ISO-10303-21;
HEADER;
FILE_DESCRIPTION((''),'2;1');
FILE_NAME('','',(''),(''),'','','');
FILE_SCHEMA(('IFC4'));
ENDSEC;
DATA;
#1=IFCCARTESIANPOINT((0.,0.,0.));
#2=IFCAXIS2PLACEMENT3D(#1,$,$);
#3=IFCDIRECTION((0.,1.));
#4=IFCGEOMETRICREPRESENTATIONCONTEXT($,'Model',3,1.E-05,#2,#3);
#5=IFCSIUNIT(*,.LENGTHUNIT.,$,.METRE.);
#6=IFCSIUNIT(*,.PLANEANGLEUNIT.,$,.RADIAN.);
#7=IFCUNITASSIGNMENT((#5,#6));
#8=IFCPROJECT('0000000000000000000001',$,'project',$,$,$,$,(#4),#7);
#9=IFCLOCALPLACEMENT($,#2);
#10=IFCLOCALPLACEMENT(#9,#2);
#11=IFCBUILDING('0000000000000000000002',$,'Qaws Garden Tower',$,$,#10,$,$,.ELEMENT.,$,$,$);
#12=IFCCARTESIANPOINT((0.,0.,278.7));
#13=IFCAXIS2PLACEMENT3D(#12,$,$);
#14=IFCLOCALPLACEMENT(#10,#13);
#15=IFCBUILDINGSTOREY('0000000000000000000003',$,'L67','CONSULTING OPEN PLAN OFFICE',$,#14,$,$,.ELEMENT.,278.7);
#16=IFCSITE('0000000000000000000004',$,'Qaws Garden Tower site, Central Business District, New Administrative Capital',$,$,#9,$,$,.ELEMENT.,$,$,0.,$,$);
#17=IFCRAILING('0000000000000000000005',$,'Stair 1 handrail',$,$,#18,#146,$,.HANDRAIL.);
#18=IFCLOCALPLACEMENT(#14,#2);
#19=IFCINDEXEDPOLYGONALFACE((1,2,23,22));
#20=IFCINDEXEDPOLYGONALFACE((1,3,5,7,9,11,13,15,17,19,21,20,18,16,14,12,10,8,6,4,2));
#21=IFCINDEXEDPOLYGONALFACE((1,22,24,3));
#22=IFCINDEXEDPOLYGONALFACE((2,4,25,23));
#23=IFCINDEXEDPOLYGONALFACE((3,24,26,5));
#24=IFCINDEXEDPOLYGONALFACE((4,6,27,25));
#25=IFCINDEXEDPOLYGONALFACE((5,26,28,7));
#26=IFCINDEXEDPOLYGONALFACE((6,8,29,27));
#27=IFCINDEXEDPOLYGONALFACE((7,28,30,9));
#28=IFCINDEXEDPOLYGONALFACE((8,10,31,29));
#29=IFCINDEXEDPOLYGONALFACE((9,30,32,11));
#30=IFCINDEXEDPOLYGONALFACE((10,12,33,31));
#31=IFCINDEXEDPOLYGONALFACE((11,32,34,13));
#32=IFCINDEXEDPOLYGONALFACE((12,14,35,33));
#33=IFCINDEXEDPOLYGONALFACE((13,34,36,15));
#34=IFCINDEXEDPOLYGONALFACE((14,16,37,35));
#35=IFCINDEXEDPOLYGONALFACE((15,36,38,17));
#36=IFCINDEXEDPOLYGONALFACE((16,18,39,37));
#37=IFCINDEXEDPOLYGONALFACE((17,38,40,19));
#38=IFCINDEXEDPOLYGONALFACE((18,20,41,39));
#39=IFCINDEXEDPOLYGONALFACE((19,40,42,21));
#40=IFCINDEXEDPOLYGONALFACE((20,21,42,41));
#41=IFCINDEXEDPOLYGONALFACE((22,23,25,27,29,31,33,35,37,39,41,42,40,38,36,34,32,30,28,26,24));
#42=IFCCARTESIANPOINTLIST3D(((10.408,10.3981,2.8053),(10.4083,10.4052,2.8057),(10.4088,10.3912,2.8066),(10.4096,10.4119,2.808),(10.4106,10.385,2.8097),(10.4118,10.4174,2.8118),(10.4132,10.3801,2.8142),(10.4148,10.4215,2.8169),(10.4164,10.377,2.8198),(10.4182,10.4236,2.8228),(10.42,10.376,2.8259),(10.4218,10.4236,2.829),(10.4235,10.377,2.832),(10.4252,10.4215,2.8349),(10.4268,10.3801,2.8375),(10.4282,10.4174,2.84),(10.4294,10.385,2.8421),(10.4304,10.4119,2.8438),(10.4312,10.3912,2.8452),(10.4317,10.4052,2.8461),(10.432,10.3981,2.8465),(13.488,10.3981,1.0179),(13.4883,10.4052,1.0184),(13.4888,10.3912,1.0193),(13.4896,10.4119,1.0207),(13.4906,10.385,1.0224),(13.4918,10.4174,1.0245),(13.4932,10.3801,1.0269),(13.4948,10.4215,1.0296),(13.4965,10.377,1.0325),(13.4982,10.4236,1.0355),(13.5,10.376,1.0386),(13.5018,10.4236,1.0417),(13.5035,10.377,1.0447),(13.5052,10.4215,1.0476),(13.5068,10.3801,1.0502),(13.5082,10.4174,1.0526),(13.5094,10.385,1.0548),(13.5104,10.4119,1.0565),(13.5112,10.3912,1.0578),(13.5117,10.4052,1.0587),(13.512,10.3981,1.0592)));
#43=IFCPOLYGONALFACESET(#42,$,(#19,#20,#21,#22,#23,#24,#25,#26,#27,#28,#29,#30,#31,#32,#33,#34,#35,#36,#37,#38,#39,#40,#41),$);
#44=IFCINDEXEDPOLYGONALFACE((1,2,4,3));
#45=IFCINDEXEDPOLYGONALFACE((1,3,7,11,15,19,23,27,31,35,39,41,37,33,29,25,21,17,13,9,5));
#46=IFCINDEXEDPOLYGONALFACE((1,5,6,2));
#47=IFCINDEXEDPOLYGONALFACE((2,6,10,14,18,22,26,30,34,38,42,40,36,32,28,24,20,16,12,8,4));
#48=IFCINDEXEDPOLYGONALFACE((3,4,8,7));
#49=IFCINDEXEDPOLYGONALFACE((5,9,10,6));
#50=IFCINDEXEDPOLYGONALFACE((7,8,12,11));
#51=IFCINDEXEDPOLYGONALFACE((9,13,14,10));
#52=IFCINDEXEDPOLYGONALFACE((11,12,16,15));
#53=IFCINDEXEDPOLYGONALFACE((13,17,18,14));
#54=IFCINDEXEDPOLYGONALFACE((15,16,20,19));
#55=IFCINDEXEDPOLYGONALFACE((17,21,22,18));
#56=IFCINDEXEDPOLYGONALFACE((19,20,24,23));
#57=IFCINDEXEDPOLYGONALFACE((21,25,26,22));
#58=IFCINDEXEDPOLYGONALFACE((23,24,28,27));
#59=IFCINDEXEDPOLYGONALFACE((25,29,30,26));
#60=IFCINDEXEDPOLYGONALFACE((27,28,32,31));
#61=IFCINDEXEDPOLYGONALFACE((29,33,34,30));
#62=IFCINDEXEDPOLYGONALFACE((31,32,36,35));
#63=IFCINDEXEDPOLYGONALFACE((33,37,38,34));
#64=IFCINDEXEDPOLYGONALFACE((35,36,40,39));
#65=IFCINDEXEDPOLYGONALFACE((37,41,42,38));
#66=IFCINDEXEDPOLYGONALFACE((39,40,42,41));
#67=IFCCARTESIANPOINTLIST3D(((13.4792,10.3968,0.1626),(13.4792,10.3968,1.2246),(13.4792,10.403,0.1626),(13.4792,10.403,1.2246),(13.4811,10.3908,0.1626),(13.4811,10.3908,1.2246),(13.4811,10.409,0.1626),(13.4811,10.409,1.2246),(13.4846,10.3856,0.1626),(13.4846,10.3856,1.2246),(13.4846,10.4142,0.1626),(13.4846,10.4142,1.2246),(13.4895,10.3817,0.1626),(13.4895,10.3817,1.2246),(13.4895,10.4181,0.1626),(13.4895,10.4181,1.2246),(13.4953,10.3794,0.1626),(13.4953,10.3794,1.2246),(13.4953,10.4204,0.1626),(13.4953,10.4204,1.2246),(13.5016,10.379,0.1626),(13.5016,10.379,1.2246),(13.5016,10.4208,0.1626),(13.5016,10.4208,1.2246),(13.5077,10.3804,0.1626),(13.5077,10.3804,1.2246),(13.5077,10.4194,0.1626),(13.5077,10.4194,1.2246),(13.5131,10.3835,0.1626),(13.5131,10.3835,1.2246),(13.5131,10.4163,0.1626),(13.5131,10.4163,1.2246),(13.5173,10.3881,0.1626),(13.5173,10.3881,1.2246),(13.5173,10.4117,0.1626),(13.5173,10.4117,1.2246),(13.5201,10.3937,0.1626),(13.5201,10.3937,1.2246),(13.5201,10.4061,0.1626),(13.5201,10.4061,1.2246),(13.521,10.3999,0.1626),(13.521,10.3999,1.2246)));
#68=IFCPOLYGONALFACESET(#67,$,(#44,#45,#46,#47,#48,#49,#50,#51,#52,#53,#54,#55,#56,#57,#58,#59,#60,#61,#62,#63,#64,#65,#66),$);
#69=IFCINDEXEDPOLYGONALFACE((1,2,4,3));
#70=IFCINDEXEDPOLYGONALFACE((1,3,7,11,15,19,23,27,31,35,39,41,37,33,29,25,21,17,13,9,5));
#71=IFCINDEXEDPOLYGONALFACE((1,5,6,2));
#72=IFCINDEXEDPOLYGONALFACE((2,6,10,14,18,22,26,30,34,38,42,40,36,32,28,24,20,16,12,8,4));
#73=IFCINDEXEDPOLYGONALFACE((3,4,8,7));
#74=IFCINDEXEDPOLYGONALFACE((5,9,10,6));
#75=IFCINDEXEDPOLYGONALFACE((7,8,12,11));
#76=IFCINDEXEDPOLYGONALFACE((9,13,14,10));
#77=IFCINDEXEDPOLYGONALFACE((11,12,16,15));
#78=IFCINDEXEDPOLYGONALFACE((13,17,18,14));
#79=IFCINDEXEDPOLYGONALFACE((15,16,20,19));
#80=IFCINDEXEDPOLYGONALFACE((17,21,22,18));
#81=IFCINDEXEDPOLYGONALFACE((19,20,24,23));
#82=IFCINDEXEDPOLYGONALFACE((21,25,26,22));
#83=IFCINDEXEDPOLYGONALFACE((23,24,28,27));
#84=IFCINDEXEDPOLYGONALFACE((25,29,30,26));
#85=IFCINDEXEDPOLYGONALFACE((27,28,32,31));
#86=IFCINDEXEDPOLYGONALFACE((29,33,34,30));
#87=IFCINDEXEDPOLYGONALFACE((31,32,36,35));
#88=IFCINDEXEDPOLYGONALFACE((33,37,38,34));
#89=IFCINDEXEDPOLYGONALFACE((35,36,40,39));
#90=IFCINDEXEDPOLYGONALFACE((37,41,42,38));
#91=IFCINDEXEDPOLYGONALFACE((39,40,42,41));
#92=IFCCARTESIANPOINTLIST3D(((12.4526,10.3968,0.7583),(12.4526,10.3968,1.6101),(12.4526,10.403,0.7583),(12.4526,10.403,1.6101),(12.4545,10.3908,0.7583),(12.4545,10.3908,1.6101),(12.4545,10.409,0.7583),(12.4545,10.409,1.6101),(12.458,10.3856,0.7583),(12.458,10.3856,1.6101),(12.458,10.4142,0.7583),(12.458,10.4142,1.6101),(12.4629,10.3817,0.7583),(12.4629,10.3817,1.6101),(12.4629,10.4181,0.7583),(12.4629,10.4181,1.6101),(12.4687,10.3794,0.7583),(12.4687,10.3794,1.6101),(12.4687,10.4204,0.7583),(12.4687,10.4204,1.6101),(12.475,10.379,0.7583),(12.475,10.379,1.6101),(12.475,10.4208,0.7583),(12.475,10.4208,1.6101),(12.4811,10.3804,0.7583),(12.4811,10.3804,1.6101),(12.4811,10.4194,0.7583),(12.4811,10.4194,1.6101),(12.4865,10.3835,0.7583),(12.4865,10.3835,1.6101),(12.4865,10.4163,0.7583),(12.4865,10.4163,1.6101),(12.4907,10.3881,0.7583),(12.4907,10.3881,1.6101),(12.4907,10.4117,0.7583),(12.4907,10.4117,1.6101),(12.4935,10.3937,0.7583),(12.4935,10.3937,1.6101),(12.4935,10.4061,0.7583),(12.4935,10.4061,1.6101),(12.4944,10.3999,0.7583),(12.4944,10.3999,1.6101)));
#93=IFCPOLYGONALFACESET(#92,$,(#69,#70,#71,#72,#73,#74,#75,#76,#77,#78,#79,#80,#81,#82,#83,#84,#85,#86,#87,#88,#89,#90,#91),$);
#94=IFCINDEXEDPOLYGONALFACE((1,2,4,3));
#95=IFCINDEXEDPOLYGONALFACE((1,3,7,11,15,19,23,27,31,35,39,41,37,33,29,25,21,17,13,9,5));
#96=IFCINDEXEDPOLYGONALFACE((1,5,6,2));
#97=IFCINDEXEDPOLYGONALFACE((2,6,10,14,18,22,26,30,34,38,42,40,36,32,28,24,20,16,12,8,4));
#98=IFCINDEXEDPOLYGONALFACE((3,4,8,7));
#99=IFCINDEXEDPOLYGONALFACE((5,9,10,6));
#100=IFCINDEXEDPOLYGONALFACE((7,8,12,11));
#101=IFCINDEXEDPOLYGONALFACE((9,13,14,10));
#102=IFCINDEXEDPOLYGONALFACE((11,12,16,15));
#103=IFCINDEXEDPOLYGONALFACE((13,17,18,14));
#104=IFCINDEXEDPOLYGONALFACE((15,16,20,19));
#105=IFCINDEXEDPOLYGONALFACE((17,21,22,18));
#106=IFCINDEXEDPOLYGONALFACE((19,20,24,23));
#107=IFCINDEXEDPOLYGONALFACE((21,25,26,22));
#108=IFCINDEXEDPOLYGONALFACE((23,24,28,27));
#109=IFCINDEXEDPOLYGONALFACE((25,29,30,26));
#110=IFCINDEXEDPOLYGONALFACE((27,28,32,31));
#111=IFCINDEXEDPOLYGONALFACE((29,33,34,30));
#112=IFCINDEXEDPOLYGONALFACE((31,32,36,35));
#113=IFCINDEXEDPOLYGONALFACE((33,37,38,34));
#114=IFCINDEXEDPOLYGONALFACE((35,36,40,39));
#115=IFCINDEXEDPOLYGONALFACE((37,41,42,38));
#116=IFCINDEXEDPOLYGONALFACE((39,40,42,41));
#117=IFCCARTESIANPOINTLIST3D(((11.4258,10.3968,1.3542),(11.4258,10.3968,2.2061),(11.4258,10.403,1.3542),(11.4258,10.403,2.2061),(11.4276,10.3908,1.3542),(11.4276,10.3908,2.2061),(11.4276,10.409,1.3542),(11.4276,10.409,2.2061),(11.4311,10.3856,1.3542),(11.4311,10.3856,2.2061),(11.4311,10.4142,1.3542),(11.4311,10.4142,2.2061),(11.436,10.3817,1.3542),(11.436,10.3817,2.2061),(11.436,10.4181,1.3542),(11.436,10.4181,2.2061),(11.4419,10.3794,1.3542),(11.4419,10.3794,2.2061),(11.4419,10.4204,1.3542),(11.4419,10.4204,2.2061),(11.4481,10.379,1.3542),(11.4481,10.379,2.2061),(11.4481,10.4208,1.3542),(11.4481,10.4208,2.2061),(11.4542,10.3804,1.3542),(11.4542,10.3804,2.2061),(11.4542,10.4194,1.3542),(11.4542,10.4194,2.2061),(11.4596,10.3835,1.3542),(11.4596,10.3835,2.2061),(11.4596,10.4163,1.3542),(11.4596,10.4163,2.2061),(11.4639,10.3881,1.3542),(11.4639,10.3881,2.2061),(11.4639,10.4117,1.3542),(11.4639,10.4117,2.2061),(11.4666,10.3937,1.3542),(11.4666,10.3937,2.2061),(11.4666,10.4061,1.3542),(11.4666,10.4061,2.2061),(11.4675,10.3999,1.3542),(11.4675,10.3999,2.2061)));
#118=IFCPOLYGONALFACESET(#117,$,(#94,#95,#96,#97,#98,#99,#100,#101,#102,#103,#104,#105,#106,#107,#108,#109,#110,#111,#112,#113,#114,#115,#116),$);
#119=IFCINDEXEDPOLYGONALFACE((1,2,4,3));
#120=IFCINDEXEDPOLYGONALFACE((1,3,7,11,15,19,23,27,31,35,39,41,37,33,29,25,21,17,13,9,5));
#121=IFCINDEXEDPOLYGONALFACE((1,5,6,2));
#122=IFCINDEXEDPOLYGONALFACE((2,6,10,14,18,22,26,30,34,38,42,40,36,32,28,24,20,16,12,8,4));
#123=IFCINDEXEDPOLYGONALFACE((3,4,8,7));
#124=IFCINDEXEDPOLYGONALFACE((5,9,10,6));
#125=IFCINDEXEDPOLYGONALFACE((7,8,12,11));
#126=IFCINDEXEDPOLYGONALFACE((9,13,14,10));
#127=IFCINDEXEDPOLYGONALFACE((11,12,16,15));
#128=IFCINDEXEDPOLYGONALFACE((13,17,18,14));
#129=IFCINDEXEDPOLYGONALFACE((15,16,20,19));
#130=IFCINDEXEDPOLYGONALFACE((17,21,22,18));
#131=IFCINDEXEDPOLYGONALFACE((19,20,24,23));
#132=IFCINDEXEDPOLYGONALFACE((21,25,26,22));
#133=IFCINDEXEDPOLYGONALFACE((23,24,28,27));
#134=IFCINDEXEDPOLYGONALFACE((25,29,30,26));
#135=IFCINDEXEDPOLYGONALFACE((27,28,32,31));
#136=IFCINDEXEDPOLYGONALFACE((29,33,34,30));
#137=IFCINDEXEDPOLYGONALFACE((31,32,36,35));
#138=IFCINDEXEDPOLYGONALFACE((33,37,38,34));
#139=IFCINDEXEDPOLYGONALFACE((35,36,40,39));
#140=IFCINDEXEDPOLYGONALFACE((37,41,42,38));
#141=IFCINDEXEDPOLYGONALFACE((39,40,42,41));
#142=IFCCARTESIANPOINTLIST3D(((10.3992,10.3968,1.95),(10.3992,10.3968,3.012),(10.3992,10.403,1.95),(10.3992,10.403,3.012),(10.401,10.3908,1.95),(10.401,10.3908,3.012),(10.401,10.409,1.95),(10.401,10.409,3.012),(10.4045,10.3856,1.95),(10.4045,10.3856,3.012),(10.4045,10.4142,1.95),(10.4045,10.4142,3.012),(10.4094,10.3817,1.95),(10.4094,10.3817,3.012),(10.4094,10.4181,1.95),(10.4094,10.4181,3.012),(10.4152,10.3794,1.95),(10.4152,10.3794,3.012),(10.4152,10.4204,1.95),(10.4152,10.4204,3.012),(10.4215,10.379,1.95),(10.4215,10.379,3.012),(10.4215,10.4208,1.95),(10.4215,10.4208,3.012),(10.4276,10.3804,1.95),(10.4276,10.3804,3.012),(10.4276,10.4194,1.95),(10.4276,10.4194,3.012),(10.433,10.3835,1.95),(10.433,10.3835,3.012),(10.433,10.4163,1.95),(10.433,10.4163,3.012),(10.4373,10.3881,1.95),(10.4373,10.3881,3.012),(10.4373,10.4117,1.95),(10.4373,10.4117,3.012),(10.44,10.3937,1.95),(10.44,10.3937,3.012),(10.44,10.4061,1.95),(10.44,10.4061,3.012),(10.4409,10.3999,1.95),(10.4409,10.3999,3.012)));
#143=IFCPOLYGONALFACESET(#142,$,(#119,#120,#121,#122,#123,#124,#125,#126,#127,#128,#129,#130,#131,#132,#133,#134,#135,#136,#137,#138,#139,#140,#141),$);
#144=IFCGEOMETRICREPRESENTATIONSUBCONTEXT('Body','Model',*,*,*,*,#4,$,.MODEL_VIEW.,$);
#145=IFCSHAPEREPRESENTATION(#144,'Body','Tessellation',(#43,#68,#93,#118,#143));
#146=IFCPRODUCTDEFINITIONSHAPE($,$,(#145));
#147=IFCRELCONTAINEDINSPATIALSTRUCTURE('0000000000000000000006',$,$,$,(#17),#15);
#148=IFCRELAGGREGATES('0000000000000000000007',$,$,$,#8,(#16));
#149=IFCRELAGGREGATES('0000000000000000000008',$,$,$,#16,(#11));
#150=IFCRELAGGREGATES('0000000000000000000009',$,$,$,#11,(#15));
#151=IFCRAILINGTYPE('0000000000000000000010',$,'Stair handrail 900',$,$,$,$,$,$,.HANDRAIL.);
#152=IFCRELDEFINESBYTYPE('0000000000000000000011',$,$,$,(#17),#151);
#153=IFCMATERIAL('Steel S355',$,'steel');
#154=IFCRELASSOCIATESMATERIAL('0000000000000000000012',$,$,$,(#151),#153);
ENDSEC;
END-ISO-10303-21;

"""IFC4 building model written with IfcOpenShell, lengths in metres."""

from ifc_helpers import new_model, si_unit, direction, frame, origin, origin_2d, place, context, subcontext, project, spatial, circle, extrude, material, type_object, element, save


model = new_model("IFC4")

# Units and contexts
model_context = context("Model", 3, precision=1e-05, world=origin(), true_north=direction((0.0, 1.0)))
body_context = subcontext(model_context, "Body", "Model", "MODEL_VIEW")
ifc_project = project(units=[si_unit("LENGTHUNIT", "METRE"), si_unit("PLANEANGLEUNIT", "RADIAN")], contexts=[model_context])

# Site, building, storey
site_placement = place(None, origin())
site = spatial("IfcSite", under=ifc_project, at=site_placement, Name="Qaws Garden Tower site, Central Business District, New Administrative Capital", CompositionType="ELEMENT", RefElevation=0.0)
building_placement = place(site_placement, origin())
building = spatial("IfcBuilding", under=site, at=building_placement, Name="Qaws Garden Tower", CompositionType="ELEMENT")
storey_placement = place(building_placement, frame((0.0, 0.0, 278.7)))
storey = spatial("IfcBuildingStorey", under=building, at=storey_placement, Name="L67", Description="CONSULTING OPEN PLAN OFFICE", CompositionType="ELEMENT", Elevation=278.7)

# Railing
ifc_material_1 = material(Name="Steel S355", Category="steel")
railing_type = type_object("IfcRailingType", Name="Stair handrail 900", PredefinedType="HANDRAIL", material=ifc_material_1)
railing_placement = place(storey_placement, frame((13.5, 10.3999, 0.1626)))
element("IfcRailing", 1, at=railing_placement, inside=storey, type_object=railing_type, Name="Stair 1 handrail", PredefinedType="HANDRAIL", context=body_context, shape_type="SweptSolid", body=[
    extrude(circle(Radius=0.0239, at=origin_2d()), frame((0.0, 0.0, 0.876), z_axis=(-0.86492, 0.0, 0.501909), x_axis=(0.0, -1.0, 0.0)), (0.0, 0.0, 1.0), 3.561),
    extrude(circle(Radius=0.021, at=origin_2d()), origin(), (0.0, 0.0, 1.0), 1.062),
    extrude(circle(Radius=0.021, at=origin_2d()), frame((-1.0266, 0.0, 0.5957)), (0.0, 0.0, 1.0), 0.8518),
    extrude(circle(Radius=0.021, at=origin_2d()), frame((-2.0535, 0.0, 1.1917)), (0.0, 0.0, 1.0), 0.8518),
    extrude(circle(Radius=0.021, at=origin_2d()), frame((-3.0801, 0.0, 1.7874)), (0.0, 0.0, 1.0), 1.062),
])

save(model, "model.ifc")
